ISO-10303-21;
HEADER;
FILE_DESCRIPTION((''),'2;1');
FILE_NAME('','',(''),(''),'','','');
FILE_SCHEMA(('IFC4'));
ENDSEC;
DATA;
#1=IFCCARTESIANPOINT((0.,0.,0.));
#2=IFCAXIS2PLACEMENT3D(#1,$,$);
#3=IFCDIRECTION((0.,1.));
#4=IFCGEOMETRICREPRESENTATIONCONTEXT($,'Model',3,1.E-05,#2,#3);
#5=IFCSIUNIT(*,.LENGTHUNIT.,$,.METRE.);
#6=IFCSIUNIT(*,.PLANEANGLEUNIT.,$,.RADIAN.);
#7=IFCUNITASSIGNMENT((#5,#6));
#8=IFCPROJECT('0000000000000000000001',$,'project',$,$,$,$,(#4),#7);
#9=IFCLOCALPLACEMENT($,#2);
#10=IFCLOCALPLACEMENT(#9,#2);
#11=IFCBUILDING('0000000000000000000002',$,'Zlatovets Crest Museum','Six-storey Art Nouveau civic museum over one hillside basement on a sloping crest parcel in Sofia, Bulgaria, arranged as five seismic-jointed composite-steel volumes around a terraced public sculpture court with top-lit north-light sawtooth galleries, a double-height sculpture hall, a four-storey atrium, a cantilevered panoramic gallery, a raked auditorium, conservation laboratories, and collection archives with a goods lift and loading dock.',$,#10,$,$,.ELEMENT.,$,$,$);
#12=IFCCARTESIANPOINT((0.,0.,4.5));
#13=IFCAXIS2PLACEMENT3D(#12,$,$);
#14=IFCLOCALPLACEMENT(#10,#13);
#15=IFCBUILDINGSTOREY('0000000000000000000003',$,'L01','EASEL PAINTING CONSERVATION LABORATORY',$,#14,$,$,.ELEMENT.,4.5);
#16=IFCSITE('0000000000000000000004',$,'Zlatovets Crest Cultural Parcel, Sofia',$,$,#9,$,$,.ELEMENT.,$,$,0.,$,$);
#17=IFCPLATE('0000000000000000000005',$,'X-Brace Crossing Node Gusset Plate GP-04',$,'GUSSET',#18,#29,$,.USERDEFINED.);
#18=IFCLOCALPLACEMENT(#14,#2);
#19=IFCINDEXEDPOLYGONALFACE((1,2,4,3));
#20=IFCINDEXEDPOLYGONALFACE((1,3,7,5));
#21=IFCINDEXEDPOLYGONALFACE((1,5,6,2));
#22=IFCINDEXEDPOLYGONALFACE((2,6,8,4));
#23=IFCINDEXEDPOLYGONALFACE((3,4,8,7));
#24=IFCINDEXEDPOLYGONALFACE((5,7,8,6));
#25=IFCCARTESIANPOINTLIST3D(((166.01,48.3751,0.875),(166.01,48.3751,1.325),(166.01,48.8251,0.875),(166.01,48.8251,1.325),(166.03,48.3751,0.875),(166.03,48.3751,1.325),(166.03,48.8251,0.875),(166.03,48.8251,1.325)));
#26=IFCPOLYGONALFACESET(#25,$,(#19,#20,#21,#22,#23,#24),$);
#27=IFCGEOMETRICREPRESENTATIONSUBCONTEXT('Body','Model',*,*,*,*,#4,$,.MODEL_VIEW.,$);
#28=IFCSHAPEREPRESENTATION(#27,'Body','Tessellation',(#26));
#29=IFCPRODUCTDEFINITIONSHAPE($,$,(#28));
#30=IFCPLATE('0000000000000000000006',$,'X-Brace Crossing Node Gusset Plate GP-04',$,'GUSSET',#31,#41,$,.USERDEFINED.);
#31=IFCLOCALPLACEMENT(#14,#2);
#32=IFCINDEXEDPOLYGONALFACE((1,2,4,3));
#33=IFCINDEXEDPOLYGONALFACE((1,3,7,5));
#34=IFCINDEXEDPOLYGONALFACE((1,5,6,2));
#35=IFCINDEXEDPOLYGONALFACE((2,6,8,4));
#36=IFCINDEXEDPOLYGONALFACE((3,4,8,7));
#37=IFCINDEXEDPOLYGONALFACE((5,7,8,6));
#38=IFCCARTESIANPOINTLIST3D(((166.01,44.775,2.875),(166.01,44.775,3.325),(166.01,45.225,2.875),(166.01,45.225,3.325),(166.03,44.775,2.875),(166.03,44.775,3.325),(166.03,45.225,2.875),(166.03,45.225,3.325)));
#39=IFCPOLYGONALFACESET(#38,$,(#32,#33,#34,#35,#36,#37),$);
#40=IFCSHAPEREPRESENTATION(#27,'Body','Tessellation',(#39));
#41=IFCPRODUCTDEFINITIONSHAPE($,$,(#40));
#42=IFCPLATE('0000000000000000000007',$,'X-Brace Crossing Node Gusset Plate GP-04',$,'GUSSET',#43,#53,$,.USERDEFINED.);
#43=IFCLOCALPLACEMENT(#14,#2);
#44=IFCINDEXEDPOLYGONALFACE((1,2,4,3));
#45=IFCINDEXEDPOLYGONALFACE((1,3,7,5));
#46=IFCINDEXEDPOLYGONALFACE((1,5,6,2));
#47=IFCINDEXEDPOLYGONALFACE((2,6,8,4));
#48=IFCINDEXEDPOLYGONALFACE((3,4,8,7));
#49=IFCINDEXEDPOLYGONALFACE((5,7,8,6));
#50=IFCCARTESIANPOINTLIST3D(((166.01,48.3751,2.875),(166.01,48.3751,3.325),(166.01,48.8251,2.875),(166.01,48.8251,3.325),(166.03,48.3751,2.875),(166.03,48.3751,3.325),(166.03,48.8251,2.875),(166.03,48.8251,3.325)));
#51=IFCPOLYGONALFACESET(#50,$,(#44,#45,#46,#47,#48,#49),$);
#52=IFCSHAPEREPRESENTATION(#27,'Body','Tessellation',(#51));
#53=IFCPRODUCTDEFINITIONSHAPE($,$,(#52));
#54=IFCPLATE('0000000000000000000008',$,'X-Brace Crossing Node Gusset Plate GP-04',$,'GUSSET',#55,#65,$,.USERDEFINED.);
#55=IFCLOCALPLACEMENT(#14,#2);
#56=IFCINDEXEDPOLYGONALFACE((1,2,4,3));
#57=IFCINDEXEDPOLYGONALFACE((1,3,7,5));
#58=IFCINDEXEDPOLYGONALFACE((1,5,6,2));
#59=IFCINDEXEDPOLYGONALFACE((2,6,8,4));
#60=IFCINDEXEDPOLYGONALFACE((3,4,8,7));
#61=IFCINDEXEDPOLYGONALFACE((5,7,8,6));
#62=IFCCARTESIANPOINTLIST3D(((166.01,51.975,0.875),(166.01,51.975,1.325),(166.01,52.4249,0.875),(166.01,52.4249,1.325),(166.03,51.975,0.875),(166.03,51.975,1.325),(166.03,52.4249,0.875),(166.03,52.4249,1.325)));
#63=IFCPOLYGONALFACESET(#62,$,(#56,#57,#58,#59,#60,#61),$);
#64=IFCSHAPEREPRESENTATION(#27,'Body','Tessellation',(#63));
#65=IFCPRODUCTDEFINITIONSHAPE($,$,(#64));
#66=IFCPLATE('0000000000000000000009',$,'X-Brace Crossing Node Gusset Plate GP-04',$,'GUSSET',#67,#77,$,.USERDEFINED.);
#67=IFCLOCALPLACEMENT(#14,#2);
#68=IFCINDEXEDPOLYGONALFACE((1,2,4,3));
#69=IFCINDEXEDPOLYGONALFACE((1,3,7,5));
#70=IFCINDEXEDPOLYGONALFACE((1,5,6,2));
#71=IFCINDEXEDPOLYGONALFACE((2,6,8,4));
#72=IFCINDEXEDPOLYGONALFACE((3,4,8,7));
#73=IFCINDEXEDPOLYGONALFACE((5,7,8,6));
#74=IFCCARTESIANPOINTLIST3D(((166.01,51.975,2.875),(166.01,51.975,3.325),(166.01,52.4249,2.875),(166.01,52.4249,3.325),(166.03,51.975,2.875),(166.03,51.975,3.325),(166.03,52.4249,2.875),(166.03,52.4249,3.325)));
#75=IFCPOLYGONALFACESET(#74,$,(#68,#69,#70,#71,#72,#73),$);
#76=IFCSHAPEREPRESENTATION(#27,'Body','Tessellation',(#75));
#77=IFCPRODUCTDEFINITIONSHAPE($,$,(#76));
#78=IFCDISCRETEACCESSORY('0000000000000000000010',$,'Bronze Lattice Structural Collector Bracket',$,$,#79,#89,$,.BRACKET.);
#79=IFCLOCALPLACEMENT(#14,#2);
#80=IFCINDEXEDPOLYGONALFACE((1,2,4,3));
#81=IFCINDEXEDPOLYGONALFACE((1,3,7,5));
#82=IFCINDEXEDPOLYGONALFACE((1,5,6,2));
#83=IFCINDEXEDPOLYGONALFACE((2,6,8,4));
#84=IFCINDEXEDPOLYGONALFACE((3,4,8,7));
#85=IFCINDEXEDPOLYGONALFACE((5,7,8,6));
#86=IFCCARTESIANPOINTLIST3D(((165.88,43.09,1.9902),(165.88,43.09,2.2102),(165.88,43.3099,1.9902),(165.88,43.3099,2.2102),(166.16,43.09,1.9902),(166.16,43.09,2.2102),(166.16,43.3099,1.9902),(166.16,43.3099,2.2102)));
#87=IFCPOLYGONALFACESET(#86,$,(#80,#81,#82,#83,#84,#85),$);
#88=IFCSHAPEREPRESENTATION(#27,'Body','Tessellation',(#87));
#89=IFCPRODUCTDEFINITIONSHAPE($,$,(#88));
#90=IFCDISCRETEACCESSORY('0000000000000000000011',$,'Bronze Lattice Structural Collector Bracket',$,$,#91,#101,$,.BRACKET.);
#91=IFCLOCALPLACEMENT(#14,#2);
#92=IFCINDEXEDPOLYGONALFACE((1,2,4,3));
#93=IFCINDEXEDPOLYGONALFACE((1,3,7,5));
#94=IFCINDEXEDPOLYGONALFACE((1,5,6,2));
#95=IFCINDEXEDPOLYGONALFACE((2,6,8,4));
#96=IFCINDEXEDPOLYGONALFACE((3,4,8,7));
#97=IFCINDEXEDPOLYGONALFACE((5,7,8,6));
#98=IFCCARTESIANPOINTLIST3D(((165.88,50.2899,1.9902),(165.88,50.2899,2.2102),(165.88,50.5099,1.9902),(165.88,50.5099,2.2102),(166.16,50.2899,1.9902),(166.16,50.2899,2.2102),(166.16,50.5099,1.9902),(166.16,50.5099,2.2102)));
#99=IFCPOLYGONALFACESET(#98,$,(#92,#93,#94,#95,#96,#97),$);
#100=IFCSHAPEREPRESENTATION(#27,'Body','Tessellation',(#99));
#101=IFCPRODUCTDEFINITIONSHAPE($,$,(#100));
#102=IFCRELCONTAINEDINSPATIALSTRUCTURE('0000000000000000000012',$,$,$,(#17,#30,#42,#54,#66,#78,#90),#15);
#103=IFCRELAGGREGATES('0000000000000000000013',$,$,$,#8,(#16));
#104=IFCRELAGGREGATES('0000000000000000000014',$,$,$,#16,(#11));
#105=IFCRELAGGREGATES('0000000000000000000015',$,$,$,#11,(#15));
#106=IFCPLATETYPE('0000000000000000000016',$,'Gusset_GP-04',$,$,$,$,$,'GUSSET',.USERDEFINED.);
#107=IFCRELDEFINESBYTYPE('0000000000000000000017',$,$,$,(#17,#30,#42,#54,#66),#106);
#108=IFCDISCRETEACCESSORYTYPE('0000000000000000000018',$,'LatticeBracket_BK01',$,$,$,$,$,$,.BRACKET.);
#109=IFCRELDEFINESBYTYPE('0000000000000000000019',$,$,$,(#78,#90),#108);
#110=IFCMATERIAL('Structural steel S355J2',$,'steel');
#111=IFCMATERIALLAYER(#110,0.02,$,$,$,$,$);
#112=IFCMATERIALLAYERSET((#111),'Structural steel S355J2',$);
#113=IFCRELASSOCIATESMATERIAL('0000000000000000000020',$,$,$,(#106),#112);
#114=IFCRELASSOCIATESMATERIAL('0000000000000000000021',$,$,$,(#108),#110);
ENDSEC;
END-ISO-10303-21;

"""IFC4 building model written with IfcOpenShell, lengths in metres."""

from ifc_helpers import new_model, si_unit, direction, frame, origin, origin_2d, place, context, subcontext, project, spatial, rectangle, extrude, material, layer, layer_set, type_object, element, save


model = new_model("IFC4")

# Units and contexts
model_context = context("Model", 3, precision=1e-05, world=origin(), true_north=direction((0.0, 1.0)))
body_context = subcontext(model_context, "Body", "Model", "MODEL_VIEW")
ifc_project = project(units=[si_unit("LENGTHUNIT", "METRE"), si_unit("PLANEANGLEUNIT", "RADIAN")], contexts=[model_context])

# Site, building, storey
site_placement = place(None, origin())
site = spatial("IfcSite", under=ifc_project, at=site_placement, Name="Zlatovets Crest Cultural Parcel, Sofia", CompositionType="ELEMENT", RefElevation=0.0)
building_placement = place(site_placement, origin())
building = spatial("IfcBuilding", under=site, at=building_placement, Name="Zlatovets Crest Museum", Description="Six-storey Art Nouveau civic museum over one hillside basement on a sloping crest parcel in Sofia, Bulgaria, arranged as five seismic-jointed composite-steel volumes around a terraced public sculpture court with top-lit north-light sawtooth galleries, a double-height sculpture hall, a four-storey atrium, a cantilevered panoramic gallery, a raked auditorium, conservation laboratories, and collection archives with a goods lift and loading dock.", CompositionType="ELEMENT")
storey_placement = place(building_placement, frame((0.0, 0.0, 4.5)))
storey = spatial("IfcBuildingStorey", under=building, at=storey_placement, Name="L01", Description="EASEL PAINTING CONSERVATION LABORATORY", CompositionType="ELEMENT", Elevation=4.5)

# Plates
ifc_material_1 = material(Name="Structural steel S355J2", Category="steel")
ifc_layer_1 = layer(ifc_material_1, 0.02)
ifc_layer_set_1 = layer_set([ifc_layer_1], Name="Structural steel S355J2")
plate_type_1 = type_object("IfcPlateType", Name="Gusset_GP-04", ElementType="GUSSET", PredefinedType="USERDEFINED", material=ifc_layer_set_1)
for number, where, z_axis, x_axis, name in (
    (1, (166.02, 48.6001, 0.875), (0.0, 0.0, 1.0), (1.0, 0.0, 0.0), "X-Brace Crossing Node Gusset Plate GP-04"),
    (2, (166.02, 45.0, 2.875), (0.0, 0.0, 1.0), (1.0, 0.0, 0.0), "X-Brace Crossing Node Gusset Plate GP-04"),
    (3, (166.02, 48.6001, 2.875), (0.0, 0.0, 1.0), (1.0, 0.0, 0.0), "X-Brace Crossing Node Gusset Plate GP-04"),
    (4, (166.02, 52.2, 0.875), (0.0, 0.0, 1.0), (1.0, 0.0, 0.0), "X-Brace Crossing Node Gusset Plate GP-04"),
    (5, (166.02, 52.2, 2.875), (0.0, 0.0, 1.0), (1.0, 0.0, 0.0), "X-Brace Crossing Node Gusset Plate GP-04"),
):
    element("IfcPlate", number, at=place(storey_placement, frame(where, z_axis=z_axis, x_axis=x_axis)), inside=storey, type_object=plate_type_1, Name=name, ObjectType="GUSSET", PredefinedType="USERDEFINED", context=body_context, shape_type="SweptSolid", body=[
        extrude(rectangle(XDim=0.02, YDim=0.45, at=origin_2d()), origin(), (0.0, 0.0, 1.0), 0.45),
    ])

# Discrete accessories
discrete_accessory_type = type_object("IfcDiscreteAccessoryType", Name="LatticeBracket_BK01", PredefinedType="BRACKET", material=ifc_material_1)
for number, where, z_axis, x_axis, name in (
    (6, (166.02, 43.2, 1.9902), (0.0, 0.0, 1.0), (1.0, 0.0, 0.0), "Bronze Lattice Structural Collector Bracket"),
    (7, (166.02, 50.3999, 1.9902), (0.0, 0.0, 1.0), (1.0, 0.0, 0.0), "Bronze Lattice Structural Collector Bracket"),
):
    element("IfcDiscreteAccessory", number, at=place(storey_placement, frame(where, z_axis=z_axis, x_axis=x_axis)), inside=storey, type_object=discrete_accessory_type, Name=name, PredefinedType="BRACKET", context=body_context, shape_type="SweptSolid", body=[
        extrude(rectangle(XDim=0.28, YDim=0.22, at=origin_2d()), origin(), (0.0, 0.0, 1.0), 0.22),
    ])

save(model, "model.ifc")
